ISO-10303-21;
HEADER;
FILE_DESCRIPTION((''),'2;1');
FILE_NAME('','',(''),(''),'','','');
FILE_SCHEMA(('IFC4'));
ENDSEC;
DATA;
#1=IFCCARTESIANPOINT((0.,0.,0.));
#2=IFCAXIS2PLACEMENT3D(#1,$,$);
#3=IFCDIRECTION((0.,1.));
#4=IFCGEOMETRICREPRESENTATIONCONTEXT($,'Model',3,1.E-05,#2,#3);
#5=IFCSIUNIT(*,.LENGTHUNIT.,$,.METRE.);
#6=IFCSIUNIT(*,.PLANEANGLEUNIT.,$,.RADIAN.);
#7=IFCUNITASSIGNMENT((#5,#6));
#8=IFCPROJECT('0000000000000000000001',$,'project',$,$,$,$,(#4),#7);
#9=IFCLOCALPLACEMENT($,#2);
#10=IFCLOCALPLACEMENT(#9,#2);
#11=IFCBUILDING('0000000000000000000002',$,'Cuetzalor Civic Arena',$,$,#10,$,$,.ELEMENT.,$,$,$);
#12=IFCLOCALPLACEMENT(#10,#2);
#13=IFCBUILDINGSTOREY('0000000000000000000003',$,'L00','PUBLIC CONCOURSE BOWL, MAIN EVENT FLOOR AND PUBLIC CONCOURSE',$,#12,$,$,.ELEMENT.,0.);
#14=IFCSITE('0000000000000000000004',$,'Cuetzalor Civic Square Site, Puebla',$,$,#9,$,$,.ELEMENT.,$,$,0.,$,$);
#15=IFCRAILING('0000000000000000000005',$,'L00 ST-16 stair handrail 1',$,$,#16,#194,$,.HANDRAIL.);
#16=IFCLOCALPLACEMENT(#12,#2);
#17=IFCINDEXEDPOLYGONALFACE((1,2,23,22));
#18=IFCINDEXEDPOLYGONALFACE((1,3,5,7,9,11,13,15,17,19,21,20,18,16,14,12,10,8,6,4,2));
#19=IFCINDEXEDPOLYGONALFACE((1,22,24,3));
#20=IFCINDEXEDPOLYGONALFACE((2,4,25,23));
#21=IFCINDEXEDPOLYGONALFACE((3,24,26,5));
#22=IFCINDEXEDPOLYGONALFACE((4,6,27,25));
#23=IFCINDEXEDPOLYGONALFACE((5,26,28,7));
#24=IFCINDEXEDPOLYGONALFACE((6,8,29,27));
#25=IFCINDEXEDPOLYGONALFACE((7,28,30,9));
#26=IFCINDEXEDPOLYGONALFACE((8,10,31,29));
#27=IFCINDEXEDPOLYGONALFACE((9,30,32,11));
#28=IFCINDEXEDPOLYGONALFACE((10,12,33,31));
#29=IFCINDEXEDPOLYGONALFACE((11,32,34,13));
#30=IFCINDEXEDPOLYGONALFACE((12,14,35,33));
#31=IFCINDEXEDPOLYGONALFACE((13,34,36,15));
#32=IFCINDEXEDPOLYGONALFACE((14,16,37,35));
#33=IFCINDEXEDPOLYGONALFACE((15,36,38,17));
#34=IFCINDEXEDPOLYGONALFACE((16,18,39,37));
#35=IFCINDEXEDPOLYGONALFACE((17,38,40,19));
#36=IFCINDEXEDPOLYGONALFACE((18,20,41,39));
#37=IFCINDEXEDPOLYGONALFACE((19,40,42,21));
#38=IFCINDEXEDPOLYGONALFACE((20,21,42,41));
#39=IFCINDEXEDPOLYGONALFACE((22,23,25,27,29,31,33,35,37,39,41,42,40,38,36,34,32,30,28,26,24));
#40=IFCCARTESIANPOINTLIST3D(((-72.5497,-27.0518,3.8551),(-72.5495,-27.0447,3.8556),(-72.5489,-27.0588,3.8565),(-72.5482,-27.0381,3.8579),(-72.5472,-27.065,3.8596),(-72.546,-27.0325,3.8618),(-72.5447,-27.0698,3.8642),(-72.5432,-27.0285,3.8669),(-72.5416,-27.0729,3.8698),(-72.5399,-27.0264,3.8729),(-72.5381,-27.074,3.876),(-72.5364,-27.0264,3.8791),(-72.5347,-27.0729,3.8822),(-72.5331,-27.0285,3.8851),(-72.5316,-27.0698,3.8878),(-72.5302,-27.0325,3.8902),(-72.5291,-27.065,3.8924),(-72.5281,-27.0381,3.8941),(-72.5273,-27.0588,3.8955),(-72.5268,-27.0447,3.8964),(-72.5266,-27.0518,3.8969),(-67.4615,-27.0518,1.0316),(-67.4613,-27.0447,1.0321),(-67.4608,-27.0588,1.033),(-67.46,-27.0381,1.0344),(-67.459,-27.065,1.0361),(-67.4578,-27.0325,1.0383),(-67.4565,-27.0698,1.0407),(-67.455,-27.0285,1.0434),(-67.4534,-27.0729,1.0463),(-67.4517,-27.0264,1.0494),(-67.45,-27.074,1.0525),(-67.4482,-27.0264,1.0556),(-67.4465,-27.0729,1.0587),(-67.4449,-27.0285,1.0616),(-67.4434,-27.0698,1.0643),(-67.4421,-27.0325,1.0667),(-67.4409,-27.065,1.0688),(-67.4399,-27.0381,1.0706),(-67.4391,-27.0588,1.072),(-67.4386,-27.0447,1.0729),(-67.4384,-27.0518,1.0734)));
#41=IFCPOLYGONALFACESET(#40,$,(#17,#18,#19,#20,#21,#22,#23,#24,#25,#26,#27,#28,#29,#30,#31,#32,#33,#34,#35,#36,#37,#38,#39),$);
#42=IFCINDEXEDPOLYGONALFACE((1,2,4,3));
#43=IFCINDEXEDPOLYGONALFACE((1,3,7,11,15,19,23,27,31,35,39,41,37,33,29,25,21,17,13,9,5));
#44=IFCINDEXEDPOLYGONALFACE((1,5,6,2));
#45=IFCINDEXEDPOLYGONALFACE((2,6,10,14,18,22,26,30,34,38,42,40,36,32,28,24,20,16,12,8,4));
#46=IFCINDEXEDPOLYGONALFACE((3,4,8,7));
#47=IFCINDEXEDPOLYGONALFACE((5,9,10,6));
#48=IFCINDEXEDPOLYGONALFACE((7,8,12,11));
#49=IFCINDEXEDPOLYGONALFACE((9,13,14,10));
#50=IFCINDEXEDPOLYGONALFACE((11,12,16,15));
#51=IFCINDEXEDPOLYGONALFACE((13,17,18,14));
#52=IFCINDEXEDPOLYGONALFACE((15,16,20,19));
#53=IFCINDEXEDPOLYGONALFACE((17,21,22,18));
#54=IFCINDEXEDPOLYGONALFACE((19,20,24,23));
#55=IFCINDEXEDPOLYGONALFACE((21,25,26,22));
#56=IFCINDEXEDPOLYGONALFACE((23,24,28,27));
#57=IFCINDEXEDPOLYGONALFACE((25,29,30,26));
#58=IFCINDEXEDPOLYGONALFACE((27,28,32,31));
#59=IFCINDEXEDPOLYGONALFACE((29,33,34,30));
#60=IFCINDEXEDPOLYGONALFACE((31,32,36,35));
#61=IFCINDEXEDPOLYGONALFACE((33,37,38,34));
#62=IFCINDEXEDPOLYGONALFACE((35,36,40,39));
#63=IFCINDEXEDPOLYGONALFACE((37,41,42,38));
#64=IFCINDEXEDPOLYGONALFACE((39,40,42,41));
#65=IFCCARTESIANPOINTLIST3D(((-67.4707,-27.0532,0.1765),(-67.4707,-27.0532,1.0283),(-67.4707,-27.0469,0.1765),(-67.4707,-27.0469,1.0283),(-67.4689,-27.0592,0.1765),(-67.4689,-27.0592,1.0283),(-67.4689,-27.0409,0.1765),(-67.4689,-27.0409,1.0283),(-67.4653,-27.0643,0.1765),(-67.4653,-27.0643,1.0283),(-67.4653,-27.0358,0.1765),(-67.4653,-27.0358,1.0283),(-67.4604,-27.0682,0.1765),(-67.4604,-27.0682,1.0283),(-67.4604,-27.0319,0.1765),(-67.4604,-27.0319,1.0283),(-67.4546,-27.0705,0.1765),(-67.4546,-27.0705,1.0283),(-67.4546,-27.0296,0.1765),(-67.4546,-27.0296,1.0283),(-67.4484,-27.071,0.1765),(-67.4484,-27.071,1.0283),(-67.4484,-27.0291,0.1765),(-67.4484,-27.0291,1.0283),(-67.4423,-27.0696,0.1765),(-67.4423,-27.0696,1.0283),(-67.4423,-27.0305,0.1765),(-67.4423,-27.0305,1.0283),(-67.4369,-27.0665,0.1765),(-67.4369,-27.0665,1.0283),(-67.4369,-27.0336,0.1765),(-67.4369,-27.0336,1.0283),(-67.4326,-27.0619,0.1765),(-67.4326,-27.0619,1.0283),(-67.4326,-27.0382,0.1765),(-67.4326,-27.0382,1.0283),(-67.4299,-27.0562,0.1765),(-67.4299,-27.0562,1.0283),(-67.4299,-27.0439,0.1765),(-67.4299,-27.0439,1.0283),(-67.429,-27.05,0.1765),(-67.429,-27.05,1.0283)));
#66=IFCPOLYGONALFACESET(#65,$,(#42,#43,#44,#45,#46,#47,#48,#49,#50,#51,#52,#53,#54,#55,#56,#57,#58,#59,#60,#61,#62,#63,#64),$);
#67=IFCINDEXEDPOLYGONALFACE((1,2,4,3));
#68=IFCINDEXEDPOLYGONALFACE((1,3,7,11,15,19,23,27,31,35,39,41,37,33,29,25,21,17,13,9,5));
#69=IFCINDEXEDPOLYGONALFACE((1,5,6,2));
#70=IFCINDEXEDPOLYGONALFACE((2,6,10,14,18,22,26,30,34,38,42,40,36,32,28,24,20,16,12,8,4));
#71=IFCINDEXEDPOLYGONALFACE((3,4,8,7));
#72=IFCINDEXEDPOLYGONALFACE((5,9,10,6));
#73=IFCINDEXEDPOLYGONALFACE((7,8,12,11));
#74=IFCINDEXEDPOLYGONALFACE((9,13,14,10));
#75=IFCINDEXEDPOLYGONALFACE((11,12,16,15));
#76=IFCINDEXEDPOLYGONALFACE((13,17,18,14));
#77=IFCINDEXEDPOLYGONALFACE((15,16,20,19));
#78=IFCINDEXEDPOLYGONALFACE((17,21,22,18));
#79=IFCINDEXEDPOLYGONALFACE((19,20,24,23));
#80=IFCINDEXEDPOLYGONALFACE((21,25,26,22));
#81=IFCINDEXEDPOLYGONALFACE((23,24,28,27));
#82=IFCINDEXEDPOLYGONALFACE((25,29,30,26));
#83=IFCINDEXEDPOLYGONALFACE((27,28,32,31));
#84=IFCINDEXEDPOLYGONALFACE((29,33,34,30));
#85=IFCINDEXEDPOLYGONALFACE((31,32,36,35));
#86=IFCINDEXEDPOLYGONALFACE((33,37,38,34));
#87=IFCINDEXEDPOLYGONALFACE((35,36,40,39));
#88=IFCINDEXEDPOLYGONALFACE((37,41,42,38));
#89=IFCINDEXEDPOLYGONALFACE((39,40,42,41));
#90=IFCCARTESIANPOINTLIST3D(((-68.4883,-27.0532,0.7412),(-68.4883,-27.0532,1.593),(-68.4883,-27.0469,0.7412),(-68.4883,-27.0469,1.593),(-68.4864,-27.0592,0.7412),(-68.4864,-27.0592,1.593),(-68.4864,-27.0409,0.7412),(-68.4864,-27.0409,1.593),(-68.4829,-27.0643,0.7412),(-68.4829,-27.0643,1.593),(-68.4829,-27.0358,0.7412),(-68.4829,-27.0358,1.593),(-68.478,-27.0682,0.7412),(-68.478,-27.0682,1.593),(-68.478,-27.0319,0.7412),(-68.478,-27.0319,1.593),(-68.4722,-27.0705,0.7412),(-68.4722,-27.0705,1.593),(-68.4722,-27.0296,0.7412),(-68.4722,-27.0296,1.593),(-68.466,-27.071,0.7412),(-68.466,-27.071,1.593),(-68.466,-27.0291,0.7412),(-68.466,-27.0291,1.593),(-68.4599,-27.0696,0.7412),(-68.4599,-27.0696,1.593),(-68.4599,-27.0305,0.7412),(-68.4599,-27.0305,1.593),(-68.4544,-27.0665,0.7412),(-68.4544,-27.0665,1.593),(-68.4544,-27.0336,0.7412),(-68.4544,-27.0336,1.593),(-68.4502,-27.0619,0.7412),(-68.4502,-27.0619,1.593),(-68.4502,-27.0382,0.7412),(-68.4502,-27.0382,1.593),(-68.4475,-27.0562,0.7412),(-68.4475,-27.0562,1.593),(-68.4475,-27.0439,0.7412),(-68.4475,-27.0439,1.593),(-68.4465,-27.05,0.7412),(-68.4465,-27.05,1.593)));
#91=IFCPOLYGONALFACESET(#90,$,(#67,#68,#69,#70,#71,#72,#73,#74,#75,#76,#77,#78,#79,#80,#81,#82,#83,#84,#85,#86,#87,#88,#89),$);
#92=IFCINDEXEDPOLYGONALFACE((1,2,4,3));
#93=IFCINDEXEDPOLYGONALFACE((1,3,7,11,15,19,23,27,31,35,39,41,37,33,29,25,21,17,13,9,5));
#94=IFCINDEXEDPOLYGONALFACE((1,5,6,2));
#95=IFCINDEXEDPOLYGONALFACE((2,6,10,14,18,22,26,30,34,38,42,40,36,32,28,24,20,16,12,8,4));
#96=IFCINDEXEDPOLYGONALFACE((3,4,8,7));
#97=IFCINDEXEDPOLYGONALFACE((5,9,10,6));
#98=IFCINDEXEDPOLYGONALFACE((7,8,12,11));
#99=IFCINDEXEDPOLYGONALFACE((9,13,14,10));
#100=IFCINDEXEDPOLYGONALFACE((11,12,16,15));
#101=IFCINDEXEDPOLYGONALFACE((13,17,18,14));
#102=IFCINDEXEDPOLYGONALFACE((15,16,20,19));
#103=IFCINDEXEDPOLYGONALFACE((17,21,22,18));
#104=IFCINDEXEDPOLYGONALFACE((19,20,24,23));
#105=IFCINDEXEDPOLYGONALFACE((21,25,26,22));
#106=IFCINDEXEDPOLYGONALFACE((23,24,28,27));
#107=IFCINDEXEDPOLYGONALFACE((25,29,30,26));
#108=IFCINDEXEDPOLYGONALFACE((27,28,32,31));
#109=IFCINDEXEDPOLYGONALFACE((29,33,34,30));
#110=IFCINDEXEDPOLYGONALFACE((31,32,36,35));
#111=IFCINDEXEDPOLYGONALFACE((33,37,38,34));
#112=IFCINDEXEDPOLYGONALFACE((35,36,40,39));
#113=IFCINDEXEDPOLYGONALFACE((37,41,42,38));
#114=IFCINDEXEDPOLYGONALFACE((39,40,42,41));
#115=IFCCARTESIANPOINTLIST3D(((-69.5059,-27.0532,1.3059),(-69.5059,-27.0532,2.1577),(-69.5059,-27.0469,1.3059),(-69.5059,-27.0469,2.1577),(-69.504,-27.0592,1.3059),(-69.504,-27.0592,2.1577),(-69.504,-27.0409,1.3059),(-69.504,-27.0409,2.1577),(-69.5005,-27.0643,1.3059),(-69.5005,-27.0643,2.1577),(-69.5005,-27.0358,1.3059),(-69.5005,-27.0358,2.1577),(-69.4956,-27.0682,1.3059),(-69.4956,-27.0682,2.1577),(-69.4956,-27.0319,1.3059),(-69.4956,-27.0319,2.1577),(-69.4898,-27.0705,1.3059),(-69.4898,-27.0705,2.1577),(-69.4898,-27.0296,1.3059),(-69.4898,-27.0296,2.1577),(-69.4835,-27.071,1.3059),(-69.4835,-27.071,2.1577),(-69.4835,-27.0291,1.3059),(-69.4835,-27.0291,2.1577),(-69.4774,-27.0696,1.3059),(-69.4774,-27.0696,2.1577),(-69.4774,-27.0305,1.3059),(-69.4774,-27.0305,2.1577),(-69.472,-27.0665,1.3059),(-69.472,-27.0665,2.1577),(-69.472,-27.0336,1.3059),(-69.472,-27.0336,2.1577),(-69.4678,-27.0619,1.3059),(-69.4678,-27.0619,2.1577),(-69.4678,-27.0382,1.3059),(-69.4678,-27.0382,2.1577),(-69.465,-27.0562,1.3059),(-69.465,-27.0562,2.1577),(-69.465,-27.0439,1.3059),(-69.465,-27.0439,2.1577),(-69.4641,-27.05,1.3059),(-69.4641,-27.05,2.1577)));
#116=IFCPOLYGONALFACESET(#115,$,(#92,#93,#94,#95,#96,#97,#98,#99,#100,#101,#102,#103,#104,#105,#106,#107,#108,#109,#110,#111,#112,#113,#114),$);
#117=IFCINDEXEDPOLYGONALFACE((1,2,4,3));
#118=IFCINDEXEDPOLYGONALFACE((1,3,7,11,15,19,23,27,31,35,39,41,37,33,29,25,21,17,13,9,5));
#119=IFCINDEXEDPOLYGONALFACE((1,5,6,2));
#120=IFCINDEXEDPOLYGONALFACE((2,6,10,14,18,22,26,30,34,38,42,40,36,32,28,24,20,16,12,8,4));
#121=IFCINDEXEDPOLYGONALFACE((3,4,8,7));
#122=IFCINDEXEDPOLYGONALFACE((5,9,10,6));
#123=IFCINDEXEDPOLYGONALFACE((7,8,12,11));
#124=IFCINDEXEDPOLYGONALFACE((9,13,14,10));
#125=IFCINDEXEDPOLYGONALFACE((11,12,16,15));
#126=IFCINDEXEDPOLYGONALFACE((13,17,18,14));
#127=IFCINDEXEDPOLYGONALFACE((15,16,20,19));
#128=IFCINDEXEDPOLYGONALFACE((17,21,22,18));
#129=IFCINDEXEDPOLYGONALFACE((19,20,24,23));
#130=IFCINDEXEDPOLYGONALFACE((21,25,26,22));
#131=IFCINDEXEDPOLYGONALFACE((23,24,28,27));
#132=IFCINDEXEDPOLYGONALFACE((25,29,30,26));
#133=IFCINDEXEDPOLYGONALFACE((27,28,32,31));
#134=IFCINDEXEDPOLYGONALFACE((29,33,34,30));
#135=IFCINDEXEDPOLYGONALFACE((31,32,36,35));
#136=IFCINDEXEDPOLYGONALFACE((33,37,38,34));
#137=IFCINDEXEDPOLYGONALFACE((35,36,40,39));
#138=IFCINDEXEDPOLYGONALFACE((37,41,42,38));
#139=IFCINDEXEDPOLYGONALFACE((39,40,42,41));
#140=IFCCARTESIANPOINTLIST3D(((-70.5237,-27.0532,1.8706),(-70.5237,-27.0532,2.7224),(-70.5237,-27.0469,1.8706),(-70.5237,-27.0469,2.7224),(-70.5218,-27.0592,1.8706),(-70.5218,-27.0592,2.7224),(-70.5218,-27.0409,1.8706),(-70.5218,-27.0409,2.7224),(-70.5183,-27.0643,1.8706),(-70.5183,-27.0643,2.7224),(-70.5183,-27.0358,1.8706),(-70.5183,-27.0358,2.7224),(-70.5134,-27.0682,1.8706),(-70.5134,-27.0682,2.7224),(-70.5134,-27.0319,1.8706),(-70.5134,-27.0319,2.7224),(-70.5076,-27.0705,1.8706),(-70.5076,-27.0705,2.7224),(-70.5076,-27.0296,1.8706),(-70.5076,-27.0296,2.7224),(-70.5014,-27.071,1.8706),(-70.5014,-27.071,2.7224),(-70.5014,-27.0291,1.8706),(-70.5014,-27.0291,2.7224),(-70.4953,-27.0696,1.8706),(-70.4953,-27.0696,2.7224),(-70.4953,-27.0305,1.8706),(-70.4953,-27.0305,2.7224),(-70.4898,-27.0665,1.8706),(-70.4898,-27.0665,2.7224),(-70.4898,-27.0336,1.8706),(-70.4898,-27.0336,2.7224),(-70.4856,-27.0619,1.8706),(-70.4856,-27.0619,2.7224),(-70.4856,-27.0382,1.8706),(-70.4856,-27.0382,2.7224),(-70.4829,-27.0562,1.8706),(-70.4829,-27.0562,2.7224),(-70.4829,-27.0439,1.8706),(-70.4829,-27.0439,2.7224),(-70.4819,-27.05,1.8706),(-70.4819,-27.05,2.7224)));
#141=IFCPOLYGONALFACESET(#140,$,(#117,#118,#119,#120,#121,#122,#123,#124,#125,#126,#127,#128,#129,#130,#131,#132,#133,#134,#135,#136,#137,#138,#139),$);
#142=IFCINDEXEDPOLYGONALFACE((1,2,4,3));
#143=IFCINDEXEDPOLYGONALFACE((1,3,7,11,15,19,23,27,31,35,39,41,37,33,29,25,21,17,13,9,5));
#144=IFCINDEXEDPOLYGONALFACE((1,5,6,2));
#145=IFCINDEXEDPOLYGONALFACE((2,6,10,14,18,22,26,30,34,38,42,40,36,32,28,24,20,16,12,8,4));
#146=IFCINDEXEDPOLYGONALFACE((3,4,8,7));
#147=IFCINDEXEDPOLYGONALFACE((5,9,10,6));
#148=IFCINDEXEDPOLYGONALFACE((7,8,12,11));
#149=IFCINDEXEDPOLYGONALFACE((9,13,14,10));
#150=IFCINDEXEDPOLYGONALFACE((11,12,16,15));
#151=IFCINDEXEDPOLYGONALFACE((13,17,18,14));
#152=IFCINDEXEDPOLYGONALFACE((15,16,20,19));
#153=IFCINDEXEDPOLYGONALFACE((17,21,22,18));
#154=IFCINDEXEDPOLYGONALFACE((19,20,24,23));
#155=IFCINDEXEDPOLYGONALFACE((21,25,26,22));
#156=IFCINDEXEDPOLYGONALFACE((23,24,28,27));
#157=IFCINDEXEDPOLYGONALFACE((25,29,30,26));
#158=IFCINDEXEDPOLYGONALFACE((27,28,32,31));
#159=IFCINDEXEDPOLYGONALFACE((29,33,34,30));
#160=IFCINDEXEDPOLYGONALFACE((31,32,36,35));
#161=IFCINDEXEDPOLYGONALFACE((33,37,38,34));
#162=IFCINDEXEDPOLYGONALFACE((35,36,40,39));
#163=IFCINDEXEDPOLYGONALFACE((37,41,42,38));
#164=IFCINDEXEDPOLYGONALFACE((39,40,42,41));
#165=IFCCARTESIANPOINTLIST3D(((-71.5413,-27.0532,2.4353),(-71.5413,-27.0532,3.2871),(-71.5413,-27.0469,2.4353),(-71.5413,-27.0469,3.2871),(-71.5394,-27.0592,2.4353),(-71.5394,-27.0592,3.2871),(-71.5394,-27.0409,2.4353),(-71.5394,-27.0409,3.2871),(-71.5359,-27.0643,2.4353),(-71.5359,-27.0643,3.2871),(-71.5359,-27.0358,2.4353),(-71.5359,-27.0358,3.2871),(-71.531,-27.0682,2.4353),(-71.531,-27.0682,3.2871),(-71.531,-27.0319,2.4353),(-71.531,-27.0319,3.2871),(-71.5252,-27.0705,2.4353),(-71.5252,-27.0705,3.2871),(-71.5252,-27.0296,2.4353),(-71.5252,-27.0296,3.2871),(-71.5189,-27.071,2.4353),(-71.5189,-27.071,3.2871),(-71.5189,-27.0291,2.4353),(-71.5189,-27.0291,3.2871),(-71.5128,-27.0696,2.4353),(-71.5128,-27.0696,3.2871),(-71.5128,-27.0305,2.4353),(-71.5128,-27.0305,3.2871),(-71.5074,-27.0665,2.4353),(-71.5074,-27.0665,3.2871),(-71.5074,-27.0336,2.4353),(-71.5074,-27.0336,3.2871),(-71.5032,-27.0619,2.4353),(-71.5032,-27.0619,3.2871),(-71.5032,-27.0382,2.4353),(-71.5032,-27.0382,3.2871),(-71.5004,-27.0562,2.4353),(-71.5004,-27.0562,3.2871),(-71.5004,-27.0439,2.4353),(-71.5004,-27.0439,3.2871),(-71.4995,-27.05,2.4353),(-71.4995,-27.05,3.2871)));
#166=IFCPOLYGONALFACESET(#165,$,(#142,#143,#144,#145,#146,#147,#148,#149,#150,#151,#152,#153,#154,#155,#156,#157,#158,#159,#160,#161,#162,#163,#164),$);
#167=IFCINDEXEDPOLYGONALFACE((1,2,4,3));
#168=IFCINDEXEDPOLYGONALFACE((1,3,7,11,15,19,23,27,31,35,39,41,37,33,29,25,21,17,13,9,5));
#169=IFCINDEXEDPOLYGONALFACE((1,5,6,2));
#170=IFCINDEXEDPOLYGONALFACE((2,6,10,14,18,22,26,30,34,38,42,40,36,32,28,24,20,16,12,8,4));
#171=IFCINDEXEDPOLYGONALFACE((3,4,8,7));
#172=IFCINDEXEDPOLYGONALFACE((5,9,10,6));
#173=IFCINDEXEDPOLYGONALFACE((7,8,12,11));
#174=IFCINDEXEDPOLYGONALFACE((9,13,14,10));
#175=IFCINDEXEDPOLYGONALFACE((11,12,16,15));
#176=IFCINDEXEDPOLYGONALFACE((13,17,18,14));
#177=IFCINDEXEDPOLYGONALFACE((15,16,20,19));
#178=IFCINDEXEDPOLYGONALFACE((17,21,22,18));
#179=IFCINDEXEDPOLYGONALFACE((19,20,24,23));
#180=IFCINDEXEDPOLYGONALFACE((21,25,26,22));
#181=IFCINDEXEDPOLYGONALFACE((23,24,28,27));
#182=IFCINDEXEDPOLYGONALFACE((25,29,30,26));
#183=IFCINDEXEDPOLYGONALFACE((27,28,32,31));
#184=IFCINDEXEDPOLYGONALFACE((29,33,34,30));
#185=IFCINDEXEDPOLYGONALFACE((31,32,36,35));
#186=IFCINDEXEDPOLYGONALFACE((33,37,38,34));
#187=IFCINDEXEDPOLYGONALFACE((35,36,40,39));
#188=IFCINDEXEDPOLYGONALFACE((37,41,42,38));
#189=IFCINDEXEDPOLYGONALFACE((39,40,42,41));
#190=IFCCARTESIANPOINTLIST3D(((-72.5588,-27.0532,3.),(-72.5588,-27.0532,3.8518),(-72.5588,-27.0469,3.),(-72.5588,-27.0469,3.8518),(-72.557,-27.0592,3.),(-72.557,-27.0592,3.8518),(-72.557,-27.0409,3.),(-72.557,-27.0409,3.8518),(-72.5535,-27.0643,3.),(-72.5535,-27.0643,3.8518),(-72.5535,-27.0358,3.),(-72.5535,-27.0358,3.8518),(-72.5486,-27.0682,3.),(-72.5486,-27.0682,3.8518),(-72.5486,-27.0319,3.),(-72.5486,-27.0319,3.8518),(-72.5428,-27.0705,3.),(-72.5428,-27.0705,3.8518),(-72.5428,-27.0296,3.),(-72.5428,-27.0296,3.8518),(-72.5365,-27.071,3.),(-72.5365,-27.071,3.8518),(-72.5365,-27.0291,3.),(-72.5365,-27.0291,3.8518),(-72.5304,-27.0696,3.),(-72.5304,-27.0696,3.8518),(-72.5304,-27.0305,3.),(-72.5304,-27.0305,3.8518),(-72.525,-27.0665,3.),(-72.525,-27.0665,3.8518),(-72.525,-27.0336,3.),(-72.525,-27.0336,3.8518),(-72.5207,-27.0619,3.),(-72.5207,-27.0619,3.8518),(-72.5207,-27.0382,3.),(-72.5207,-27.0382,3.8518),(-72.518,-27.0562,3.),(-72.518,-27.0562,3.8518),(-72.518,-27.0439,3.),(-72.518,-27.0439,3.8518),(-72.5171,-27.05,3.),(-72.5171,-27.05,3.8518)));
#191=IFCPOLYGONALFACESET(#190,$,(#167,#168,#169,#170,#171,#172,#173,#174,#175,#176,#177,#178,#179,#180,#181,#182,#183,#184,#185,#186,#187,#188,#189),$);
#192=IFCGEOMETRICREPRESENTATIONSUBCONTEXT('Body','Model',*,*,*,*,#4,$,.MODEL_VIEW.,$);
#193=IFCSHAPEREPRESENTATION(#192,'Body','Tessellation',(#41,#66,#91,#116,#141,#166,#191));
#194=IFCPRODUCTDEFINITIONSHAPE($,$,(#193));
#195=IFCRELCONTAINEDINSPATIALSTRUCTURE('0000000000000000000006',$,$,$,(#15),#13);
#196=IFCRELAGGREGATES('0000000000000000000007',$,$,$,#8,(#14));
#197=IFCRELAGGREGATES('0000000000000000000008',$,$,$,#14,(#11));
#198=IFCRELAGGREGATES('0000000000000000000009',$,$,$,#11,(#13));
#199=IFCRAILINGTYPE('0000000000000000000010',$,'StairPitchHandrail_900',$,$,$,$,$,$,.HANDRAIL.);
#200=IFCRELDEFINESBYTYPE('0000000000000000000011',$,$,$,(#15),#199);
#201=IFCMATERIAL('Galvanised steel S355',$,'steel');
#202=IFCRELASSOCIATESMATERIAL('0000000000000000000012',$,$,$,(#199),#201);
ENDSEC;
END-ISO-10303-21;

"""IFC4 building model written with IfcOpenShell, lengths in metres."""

from ifc_helpers import new_model, si_unit, direction, frame, origin, origin_2d, place, context, subcontext, project, spatial, circle, extrude, material, type_object, element, save


model = new_model("IFC4")

# Units and contexts
model_context = context("Model", 3, precision=1e-05, world=origin(), true_north=direction((0.0, 1.0)))
body_context = subcontext(model_context, "Body", "Model", "MODEL_VIEW")
ifc_project = project(units=[si_unit("LENGTHUNIT", "METRE"), si_unit("PLANEANGLEUNIT", "RADIAN")], contexts=[model_context])

# Site, building, storey
site_placement = place(None, origin())
site = spatial("IfcSite", under=ifc_project, at=site_placement, Name="Cuetzalor Civic Square Site, Puebla", CompositionType="ELEMENT", RefElevation=0.0)
building_placement = place(site_placement, origin())
building = spatial("IfcBuilding", under=site, at=building_placement, Name="Cuetzalor Civic Arena", CompositionType="ELEMENT")
storey_placement = place(building_placement, origin())
storey = spatial("IfcBuildingStorey", under=building, at=storey_placement, Name="L00", Description="PUBLIC CONCOURSE BOWL, MAIN EVENT FLOOR AND PUBLIC CONCOURSE", CompositionType="ELEMENT", Elevation=0.0)

# Railing
ifc_material_1 = material(Name="Galvanised steel S355", Category="steel")
railing_type_1 = type_object("IfcRailingType", Name="StairPitchHandrail_900", PredefinedType="HANDRAIL", material=ifc_material_1)
for number, where, name in (
    (1, (-67.45, -27.05, 0.1765), "L00 ST-16 stair handrail 1"),
):
    element("IfcRailing", number, at=place(storey_placement, frame(where)), inside=storey, type_object=railing_type_1, Name=name, PredefinedType="HANDRAIL", context=body_context, shape_type="SweptSolid", body=[
        extrude(circle(Radius=0.0239, at=origin_2d()), frame((0.0, 0.0, 0.876), z_axis=(-0.874395, 0.0, 0.485215), x_axis=(0.0, -1.0, 0.0)), (0.0, 0.0, 1.0), 5.8191),
        extrude(circle(Radius=0.021, at=origin_2d()), origin(), (0.0, 0.0, 1.0), 0.8518),
        extrude(circle(Radius=0.021, at=origin_2d()), frame((-1.0176, 0.0, 0.5647)), (0.0, 0.0, 1.0), 0.8518),
        extrude(circle(Radius=0.021, at=origin_2d()), frame((-2.0352, 0.0, 1.1294)), (0.0, 0.0, 1.0), 0.8518),
        extrude(circle(Radius=0.021, at=origin_2d()), frame((-3.053, 0.0, 1.6941)), (0.0, 0.0, 1.0), 0.8518),
        extrude(circle(Radius=0.021, at=origin_2d()), frame((-4.0706, 0.0, 2.2588)), (0.0, 0.0, 1.0), 0.8518),
        extrude(circle(Radius=0.021, at=origin_2d()), frame((-5.0881, 0.0, 2.8235)), (0.0, 0.0, 1.0), 0.8518),
    ])

save(model, "model.ifc")
